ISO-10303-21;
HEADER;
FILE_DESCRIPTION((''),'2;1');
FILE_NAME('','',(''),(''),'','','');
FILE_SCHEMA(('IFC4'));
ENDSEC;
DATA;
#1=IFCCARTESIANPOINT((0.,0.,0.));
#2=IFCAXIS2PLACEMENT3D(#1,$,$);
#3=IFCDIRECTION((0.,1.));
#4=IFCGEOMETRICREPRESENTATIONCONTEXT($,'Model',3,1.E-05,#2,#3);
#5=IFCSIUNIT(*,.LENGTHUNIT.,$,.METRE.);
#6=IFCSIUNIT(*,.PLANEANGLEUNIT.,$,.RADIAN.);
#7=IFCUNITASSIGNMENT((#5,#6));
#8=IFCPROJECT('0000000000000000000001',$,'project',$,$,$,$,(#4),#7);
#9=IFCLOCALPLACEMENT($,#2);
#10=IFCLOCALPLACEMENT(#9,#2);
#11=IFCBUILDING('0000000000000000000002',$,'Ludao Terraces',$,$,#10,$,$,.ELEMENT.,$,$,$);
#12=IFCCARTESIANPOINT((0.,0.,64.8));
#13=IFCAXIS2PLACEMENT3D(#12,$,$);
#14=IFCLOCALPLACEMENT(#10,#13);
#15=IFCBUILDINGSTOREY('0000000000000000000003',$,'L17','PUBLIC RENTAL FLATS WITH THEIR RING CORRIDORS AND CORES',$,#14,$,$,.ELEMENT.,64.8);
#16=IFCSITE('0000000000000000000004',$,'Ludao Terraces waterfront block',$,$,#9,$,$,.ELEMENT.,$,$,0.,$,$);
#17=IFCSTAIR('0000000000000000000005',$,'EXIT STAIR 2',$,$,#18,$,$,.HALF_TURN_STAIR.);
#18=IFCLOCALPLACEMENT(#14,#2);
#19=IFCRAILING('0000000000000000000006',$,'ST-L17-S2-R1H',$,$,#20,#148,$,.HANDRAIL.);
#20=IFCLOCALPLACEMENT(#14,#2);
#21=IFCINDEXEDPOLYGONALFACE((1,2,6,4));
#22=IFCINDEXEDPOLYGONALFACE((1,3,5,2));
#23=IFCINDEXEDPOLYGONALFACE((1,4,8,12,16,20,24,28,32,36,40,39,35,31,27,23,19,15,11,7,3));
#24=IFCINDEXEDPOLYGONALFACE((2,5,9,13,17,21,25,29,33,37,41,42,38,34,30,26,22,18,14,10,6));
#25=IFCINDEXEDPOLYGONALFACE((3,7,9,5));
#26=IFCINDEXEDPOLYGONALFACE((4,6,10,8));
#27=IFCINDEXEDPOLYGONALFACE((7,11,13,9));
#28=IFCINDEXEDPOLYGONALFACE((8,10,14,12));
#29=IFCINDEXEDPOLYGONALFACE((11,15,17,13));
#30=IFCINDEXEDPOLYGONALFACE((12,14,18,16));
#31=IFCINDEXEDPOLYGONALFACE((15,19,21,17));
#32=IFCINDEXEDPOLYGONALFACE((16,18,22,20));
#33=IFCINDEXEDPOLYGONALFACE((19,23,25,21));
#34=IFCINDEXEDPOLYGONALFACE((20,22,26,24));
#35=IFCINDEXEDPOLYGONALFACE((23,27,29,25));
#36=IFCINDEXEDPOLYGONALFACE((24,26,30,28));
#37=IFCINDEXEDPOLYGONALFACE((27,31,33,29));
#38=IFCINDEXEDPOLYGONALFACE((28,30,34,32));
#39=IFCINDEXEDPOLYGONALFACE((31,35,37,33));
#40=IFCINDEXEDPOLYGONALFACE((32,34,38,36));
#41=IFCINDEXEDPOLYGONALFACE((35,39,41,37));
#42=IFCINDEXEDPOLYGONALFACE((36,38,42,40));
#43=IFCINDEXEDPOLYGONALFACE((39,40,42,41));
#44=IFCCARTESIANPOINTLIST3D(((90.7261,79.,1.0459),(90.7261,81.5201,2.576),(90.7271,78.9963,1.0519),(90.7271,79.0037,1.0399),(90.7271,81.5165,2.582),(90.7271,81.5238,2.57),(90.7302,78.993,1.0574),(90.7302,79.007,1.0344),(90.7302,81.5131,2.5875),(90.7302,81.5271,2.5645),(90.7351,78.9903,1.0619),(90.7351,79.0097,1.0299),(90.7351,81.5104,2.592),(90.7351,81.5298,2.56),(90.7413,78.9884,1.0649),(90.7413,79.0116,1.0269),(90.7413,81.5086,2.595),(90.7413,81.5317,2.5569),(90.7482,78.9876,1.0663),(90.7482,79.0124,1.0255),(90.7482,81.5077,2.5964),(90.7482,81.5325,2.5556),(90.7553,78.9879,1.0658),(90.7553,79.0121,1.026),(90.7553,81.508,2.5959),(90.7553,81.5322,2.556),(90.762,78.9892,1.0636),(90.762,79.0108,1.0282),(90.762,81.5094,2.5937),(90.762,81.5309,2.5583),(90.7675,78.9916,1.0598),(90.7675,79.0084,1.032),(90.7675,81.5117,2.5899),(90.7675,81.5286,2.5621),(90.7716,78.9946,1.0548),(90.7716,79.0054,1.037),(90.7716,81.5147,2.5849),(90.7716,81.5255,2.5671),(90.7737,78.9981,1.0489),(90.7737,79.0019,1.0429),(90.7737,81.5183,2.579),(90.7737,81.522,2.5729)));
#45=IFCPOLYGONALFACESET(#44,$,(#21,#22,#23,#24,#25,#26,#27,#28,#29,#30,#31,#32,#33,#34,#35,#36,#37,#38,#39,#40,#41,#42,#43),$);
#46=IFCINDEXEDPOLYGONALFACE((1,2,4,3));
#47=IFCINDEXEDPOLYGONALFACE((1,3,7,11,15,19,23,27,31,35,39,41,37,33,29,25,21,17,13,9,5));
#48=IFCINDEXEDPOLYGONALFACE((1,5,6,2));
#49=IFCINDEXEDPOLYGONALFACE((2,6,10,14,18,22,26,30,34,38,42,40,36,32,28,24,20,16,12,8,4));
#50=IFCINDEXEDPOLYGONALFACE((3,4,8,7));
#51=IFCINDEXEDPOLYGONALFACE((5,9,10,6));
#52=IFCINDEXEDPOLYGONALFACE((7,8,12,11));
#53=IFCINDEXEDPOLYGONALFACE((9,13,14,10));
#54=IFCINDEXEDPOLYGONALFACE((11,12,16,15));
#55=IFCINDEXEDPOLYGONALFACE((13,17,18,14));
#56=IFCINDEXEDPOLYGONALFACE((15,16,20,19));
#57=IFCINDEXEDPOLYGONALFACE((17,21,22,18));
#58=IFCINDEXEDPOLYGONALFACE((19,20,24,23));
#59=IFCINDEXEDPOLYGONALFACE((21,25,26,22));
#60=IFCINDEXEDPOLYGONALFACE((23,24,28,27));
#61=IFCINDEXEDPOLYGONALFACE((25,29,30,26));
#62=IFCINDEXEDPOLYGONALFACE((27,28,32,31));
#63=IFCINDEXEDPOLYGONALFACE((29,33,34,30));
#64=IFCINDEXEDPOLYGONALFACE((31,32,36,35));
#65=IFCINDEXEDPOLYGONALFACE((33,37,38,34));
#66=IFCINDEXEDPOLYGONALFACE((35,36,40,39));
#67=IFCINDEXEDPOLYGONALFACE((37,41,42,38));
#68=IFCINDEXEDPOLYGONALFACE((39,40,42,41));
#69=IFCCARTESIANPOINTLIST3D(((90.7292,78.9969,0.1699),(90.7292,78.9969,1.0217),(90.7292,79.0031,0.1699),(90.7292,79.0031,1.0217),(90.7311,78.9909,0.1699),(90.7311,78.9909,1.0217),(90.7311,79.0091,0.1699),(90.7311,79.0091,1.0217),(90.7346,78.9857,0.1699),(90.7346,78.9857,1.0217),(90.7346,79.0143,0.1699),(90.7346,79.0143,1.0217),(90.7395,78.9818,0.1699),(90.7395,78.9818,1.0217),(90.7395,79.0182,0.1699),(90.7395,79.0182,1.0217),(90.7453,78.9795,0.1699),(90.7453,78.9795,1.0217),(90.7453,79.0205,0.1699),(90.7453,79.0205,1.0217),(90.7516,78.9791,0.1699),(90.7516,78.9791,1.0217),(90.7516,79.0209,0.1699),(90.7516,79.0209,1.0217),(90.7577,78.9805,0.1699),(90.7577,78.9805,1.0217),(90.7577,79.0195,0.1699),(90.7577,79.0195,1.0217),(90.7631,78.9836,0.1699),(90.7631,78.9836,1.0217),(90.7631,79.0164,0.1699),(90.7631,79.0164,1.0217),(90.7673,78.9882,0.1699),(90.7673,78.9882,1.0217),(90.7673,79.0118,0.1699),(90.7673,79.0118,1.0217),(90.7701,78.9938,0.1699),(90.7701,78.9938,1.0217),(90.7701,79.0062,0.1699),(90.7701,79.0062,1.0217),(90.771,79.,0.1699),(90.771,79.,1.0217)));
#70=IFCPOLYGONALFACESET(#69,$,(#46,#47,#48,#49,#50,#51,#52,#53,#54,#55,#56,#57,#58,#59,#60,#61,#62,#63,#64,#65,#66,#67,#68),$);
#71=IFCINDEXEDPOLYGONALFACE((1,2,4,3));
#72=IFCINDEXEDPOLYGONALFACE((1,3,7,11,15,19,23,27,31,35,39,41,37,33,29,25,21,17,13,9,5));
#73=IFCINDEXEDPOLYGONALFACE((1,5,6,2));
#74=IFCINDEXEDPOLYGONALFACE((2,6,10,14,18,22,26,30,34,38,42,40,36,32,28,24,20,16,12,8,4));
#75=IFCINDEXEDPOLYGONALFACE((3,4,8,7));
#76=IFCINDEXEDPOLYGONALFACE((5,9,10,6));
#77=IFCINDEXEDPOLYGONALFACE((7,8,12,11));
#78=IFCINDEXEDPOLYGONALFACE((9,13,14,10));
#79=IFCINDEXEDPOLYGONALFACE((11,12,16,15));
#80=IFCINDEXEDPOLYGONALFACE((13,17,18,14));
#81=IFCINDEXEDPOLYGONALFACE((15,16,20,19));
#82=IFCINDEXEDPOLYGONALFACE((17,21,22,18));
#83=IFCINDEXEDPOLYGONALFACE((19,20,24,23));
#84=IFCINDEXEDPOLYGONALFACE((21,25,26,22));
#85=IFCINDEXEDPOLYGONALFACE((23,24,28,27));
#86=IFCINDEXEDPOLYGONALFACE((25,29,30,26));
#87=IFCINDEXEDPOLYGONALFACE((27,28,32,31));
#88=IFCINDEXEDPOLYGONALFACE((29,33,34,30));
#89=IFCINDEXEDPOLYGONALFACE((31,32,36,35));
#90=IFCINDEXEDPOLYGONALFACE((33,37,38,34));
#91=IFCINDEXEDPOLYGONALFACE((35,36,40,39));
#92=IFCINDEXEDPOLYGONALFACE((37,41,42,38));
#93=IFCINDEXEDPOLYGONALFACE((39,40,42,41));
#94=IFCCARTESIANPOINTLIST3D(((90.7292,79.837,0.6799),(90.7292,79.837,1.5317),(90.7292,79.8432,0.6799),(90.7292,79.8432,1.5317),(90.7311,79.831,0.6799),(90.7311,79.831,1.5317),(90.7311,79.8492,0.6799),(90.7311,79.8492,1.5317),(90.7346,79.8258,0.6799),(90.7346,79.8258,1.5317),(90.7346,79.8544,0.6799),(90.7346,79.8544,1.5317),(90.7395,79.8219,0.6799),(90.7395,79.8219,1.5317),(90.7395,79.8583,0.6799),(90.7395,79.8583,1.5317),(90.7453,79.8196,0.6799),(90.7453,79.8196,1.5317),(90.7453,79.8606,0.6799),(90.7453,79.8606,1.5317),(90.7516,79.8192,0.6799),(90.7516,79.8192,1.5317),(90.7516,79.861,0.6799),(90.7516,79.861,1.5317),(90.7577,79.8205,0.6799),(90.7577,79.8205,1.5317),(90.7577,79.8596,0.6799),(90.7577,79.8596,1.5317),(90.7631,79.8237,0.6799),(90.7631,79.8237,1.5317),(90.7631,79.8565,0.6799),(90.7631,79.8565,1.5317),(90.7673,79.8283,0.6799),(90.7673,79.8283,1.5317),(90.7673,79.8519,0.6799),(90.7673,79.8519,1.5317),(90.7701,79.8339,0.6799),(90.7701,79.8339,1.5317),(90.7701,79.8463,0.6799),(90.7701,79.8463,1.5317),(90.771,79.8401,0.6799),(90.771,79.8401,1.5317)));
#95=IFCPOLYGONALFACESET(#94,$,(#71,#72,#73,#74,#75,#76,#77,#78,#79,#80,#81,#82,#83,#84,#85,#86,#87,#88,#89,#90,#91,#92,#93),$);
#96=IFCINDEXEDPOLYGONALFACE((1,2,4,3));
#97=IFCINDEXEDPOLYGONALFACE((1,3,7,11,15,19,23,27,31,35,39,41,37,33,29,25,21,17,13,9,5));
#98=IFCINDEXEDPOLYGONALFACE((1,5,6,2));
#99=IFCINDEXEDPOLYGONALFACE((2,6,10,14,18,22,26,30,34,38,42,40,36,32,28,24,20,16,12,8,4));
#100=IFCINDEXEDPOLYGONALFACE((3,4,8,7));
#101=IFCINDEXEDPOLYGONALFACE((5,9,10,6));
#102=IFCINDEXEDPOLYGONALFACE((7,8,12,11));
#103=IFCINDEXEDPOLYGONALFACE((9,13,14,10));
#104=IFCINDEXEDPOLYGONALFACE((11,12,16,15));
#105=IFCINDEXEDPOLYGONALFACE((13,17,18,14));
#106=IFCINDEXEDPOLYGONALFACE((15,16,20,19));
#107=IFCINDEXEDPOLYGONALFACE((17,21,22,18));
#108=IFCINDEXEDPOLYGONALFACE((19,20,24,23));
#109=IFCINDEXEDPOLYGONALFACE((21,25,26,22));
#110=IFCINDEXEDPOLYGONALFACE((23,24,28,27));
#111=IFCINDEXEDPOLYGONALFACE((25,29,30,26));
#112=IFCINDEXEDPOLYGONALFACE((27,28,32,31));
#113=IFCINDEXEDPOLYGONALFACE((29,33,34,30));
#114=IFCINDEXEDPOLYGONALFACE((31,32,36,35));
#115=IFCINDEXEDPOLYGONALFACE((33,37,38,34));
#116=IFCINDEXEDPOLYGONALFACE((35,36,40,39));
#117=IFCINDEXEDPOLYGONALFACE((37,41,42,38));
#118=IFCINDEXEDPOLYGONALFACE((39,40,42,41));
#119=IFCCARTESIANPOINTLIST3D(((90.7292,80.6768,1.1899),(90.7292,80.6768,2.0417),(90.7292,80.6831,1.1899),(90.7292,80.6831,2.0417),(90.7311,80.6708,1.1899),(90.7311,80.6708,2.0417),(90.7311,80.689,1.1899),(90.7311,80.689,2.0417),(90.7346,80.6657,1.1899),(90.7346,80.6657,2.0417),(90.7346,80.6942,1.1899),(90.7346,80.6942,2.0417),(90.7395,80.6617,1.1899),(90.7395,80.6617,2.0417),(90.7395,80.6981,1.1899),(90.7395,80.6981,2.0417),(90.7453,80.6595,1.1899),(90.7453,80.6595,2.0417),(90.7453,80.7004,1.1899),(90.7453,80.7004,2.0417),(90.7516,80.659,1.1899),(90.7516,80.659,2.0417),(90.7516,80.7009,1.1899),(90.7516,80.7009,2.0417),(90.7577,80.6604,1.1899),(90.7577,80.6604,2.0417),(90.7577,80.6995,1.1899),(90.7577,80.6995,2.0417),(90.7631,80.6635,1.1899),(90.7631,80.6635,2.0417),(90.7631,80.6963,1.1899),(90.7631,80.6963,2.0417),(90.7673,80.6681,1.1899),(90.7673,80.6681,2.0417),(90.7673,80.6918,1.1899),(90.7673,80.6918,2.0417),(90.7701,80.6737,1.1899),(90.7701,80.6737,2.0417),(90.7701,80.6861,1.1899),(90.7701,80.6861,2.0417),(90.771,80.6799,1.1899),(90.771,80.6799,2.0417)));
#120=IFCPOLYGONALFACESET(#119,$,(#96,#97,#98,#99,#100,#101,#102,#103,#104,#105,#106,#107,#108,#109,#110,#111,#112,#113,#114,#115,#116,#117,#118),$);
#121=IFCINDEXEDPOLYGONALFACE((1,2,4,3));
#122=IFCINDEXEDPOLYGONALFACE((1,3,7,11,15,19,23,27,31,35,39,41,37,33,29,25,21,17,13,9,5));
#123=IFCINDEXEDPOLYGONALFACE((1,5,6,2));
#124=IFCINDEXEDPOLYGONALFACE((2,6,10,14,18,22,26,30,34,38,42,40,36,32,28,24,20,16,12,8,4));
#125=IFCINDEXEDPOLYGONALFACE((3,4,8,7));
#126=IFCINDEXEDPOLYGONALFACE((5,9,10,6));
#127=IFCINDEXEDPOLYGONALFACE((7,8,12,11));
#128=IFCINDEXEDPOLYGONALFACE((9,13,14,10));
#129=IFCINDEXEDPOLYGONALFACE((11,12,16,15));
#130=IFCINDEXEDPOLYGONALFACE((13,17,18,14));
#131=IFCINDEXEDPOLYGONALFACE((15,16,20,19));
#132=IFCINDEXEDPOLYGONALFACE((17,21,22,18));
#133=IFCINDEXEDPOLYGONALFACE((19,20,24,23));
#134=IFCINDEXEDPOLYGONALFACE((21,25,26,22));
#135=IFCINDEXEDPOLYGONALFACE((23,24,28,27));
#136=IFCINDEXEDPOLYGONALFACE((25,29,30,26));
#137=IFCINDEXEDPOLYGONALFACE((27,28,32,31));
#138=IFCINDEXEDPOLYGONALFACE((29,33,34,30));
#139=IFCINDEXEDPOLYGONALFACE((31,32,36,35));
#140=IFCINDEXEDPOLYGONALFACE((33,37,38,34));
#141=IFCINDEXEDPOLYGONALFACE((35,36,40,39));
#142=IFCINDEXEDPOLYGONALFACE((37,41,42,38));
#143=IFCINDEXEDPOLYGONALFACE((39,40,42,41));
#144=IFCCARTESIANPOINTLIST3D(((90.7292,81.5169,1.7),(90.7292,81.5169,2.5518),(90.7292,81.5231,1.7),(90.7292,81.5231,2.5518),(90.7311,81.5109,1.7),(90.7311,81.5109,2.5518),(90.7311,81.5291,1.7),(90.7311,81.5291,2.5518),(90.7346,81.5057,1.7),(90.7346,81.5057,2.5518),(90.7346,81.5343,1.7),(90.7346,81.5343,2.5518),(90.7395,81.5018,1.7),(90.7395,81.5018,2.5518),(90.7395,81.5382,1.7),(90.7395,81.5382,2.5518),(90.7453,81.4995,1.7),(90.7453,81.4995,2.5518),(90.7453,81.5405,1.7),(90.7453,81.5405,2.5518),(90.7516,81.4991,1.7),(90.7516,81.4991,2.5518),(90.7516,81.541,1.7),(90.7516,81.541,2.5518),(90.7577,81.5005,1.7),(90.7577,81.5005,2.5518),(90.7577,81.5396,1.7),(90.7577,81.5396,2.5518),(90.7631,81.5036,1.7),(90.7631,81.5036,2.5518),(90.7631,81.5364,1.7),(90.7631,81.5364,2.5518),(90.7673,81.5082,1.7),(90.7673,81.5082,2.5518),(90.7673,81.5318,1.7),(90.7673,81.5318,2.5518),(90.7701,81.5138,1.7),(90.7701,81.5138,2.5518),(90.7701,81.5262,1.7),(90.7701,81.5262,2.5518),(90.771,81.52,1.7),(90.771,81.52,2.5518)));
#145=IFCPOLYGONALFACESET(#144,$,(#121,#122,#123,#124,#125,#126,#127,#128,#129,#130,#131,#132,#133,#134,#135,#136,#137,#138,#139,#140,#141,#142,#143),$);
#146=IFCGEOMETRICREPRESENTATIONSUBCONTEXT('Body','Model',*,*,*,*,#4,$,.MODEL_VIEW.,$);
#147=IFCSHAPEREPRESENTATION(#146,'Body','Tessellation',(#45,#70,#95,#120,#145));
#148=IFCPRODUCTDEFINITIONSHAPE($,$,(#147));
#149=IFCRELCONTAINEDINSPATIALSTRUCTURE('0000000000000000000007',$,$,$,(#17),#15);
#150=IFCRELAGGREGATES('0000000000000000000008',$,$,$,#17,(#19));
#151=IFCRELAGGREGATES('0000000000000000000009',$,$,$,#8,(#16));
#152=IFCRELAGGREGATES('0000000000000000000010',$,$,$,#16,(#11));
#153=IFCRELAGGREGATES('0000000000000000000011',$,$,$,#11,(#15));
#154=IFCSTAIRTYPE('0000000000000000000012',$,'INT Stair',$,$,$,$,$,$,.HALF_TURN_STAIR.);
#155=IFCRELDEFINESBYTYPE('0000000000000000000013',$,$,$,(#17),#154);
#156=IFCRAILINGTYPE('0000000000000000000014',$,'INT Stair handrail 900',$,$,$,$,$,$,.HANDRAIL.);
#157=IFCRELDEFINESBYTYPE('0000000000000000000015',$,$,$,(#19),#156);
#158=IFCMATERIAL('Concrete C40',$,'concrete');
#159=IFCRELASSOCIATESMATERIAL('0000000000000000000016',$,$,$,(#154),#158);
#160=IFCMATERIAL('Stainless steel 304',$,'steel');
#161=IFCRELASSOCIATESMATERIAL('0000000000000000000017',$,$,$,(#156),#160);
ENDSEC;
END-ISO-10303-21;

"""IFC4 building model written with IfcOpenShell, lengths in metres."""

from ifc_helpers import new_model, si_unit, direction, frame, origin, origin_2d, place, context, subcontext, project, spatial, circle, extrude, material, type_object, element, aggregate, save


model = new_model("IFC4")

# Units and contexts
model_context = context("Model", 3, precision=1e-05, world=origin(), true_north=direction((0.0, 1.0)))
body_context = subcontext(model_context, "Body", "Model", "MODEL_VIEW")
ifc_project = project(units=[si_unit("LENGTHUNIT", "METRE"), si_unit("PLANEANGLEUNIT", "RADIAN")], contexts=[model_context])

# Site, building, storey
site_placement = place(None, origin())
site = spatial("IfcSite", under=ifc_project, at=site_placement, Name="Ludao Terraces waterfront block", CompositionType="ELEMENT", RefElevation=0.0)
building_placement = place(site_placement, origin())
building = spatial("IfcBuilding", under=site, at=building_placement, Name="Ludao Terraces", CompositionType="ELEMENT")
storey_placement = place(building_placement, frame((0.0, 0.0, 64.8)))
storey = spatial("IfcBuildingStorey", under=building, at=storey_placement, Name="L17", Description="PUBLIC RENTAL FLATS WITH THEIR RING CORRIDORS AND CORES", CompositionType="ELEMENT", Elevation=64.8)

# Stair, railing
ifc_material_1 = material(Name="Concrete C40", Category="concrete")
stair_type = type_object("IfcStairType", Name="INT Stair", PredefinedType="HALF_TURN_STAIR", material=ifc_material_1)
stair_placement = place(storey_placement, origin())
stair = element("IfcStair", 1, at=stair_placement, inside=storey, type_object=stair_type, Name="EXIT STAIR 2", PredefinedType="HALF_TURN_STAIR")
ifc_material_2 = material(Name="Stainless steel 304", Category="steel")
railing_type_1 = type_object("IfcRailingType", Name="INT Stair handrail 900", PredefinedType="HANDRAIL", material=ifc_material_2)
railing_1_placement = place(storey_placement, frame((90.75, 79.0, 0.1699)))
railing_1 = element("IfcRailing", 2, at=railing_1_placement, type_object=railing_type_1, Name="ST-L17-S2-R1H", PredefinedType="HANDRAIL", context=body_context, shape_type="SweptSolid", body=[
    extrude(circle(Radius=0.0239, at=origin_2d()), frame((0.0, 0.0, 0.876), z_axis=(0.0, 0.854785, 0.518982), x_axis=(-1.0, 0.0, 0.0)), (0.0, 0.0, 1.0), 2.9482),
    extrude(circle(Radius=0.021, at=origin_2d()), origin(), (0.0, 0.0, 1.0), 0.8518),
    extrude(circle(Radius=0.021, at=origin_2d()), frame((0.0, 0.8401, 0.51)), (0.0, 0.0, 1.0), 0.8518),
    extrude(circle(Radius=0.021, at=origin_2d()), frame((0.0, 1.6799, 1.02)), (0.0, 0.0, 1.0), 0.8518),
    extrude(circle(Radius=0.021, at=origin_2d()), frame((0.0, 2.52, 1.53)), (0.0, 0.0, 1.0), 0.8518),
])
aggregate(stair, [railing_1])

save(model, "model.ifc")
